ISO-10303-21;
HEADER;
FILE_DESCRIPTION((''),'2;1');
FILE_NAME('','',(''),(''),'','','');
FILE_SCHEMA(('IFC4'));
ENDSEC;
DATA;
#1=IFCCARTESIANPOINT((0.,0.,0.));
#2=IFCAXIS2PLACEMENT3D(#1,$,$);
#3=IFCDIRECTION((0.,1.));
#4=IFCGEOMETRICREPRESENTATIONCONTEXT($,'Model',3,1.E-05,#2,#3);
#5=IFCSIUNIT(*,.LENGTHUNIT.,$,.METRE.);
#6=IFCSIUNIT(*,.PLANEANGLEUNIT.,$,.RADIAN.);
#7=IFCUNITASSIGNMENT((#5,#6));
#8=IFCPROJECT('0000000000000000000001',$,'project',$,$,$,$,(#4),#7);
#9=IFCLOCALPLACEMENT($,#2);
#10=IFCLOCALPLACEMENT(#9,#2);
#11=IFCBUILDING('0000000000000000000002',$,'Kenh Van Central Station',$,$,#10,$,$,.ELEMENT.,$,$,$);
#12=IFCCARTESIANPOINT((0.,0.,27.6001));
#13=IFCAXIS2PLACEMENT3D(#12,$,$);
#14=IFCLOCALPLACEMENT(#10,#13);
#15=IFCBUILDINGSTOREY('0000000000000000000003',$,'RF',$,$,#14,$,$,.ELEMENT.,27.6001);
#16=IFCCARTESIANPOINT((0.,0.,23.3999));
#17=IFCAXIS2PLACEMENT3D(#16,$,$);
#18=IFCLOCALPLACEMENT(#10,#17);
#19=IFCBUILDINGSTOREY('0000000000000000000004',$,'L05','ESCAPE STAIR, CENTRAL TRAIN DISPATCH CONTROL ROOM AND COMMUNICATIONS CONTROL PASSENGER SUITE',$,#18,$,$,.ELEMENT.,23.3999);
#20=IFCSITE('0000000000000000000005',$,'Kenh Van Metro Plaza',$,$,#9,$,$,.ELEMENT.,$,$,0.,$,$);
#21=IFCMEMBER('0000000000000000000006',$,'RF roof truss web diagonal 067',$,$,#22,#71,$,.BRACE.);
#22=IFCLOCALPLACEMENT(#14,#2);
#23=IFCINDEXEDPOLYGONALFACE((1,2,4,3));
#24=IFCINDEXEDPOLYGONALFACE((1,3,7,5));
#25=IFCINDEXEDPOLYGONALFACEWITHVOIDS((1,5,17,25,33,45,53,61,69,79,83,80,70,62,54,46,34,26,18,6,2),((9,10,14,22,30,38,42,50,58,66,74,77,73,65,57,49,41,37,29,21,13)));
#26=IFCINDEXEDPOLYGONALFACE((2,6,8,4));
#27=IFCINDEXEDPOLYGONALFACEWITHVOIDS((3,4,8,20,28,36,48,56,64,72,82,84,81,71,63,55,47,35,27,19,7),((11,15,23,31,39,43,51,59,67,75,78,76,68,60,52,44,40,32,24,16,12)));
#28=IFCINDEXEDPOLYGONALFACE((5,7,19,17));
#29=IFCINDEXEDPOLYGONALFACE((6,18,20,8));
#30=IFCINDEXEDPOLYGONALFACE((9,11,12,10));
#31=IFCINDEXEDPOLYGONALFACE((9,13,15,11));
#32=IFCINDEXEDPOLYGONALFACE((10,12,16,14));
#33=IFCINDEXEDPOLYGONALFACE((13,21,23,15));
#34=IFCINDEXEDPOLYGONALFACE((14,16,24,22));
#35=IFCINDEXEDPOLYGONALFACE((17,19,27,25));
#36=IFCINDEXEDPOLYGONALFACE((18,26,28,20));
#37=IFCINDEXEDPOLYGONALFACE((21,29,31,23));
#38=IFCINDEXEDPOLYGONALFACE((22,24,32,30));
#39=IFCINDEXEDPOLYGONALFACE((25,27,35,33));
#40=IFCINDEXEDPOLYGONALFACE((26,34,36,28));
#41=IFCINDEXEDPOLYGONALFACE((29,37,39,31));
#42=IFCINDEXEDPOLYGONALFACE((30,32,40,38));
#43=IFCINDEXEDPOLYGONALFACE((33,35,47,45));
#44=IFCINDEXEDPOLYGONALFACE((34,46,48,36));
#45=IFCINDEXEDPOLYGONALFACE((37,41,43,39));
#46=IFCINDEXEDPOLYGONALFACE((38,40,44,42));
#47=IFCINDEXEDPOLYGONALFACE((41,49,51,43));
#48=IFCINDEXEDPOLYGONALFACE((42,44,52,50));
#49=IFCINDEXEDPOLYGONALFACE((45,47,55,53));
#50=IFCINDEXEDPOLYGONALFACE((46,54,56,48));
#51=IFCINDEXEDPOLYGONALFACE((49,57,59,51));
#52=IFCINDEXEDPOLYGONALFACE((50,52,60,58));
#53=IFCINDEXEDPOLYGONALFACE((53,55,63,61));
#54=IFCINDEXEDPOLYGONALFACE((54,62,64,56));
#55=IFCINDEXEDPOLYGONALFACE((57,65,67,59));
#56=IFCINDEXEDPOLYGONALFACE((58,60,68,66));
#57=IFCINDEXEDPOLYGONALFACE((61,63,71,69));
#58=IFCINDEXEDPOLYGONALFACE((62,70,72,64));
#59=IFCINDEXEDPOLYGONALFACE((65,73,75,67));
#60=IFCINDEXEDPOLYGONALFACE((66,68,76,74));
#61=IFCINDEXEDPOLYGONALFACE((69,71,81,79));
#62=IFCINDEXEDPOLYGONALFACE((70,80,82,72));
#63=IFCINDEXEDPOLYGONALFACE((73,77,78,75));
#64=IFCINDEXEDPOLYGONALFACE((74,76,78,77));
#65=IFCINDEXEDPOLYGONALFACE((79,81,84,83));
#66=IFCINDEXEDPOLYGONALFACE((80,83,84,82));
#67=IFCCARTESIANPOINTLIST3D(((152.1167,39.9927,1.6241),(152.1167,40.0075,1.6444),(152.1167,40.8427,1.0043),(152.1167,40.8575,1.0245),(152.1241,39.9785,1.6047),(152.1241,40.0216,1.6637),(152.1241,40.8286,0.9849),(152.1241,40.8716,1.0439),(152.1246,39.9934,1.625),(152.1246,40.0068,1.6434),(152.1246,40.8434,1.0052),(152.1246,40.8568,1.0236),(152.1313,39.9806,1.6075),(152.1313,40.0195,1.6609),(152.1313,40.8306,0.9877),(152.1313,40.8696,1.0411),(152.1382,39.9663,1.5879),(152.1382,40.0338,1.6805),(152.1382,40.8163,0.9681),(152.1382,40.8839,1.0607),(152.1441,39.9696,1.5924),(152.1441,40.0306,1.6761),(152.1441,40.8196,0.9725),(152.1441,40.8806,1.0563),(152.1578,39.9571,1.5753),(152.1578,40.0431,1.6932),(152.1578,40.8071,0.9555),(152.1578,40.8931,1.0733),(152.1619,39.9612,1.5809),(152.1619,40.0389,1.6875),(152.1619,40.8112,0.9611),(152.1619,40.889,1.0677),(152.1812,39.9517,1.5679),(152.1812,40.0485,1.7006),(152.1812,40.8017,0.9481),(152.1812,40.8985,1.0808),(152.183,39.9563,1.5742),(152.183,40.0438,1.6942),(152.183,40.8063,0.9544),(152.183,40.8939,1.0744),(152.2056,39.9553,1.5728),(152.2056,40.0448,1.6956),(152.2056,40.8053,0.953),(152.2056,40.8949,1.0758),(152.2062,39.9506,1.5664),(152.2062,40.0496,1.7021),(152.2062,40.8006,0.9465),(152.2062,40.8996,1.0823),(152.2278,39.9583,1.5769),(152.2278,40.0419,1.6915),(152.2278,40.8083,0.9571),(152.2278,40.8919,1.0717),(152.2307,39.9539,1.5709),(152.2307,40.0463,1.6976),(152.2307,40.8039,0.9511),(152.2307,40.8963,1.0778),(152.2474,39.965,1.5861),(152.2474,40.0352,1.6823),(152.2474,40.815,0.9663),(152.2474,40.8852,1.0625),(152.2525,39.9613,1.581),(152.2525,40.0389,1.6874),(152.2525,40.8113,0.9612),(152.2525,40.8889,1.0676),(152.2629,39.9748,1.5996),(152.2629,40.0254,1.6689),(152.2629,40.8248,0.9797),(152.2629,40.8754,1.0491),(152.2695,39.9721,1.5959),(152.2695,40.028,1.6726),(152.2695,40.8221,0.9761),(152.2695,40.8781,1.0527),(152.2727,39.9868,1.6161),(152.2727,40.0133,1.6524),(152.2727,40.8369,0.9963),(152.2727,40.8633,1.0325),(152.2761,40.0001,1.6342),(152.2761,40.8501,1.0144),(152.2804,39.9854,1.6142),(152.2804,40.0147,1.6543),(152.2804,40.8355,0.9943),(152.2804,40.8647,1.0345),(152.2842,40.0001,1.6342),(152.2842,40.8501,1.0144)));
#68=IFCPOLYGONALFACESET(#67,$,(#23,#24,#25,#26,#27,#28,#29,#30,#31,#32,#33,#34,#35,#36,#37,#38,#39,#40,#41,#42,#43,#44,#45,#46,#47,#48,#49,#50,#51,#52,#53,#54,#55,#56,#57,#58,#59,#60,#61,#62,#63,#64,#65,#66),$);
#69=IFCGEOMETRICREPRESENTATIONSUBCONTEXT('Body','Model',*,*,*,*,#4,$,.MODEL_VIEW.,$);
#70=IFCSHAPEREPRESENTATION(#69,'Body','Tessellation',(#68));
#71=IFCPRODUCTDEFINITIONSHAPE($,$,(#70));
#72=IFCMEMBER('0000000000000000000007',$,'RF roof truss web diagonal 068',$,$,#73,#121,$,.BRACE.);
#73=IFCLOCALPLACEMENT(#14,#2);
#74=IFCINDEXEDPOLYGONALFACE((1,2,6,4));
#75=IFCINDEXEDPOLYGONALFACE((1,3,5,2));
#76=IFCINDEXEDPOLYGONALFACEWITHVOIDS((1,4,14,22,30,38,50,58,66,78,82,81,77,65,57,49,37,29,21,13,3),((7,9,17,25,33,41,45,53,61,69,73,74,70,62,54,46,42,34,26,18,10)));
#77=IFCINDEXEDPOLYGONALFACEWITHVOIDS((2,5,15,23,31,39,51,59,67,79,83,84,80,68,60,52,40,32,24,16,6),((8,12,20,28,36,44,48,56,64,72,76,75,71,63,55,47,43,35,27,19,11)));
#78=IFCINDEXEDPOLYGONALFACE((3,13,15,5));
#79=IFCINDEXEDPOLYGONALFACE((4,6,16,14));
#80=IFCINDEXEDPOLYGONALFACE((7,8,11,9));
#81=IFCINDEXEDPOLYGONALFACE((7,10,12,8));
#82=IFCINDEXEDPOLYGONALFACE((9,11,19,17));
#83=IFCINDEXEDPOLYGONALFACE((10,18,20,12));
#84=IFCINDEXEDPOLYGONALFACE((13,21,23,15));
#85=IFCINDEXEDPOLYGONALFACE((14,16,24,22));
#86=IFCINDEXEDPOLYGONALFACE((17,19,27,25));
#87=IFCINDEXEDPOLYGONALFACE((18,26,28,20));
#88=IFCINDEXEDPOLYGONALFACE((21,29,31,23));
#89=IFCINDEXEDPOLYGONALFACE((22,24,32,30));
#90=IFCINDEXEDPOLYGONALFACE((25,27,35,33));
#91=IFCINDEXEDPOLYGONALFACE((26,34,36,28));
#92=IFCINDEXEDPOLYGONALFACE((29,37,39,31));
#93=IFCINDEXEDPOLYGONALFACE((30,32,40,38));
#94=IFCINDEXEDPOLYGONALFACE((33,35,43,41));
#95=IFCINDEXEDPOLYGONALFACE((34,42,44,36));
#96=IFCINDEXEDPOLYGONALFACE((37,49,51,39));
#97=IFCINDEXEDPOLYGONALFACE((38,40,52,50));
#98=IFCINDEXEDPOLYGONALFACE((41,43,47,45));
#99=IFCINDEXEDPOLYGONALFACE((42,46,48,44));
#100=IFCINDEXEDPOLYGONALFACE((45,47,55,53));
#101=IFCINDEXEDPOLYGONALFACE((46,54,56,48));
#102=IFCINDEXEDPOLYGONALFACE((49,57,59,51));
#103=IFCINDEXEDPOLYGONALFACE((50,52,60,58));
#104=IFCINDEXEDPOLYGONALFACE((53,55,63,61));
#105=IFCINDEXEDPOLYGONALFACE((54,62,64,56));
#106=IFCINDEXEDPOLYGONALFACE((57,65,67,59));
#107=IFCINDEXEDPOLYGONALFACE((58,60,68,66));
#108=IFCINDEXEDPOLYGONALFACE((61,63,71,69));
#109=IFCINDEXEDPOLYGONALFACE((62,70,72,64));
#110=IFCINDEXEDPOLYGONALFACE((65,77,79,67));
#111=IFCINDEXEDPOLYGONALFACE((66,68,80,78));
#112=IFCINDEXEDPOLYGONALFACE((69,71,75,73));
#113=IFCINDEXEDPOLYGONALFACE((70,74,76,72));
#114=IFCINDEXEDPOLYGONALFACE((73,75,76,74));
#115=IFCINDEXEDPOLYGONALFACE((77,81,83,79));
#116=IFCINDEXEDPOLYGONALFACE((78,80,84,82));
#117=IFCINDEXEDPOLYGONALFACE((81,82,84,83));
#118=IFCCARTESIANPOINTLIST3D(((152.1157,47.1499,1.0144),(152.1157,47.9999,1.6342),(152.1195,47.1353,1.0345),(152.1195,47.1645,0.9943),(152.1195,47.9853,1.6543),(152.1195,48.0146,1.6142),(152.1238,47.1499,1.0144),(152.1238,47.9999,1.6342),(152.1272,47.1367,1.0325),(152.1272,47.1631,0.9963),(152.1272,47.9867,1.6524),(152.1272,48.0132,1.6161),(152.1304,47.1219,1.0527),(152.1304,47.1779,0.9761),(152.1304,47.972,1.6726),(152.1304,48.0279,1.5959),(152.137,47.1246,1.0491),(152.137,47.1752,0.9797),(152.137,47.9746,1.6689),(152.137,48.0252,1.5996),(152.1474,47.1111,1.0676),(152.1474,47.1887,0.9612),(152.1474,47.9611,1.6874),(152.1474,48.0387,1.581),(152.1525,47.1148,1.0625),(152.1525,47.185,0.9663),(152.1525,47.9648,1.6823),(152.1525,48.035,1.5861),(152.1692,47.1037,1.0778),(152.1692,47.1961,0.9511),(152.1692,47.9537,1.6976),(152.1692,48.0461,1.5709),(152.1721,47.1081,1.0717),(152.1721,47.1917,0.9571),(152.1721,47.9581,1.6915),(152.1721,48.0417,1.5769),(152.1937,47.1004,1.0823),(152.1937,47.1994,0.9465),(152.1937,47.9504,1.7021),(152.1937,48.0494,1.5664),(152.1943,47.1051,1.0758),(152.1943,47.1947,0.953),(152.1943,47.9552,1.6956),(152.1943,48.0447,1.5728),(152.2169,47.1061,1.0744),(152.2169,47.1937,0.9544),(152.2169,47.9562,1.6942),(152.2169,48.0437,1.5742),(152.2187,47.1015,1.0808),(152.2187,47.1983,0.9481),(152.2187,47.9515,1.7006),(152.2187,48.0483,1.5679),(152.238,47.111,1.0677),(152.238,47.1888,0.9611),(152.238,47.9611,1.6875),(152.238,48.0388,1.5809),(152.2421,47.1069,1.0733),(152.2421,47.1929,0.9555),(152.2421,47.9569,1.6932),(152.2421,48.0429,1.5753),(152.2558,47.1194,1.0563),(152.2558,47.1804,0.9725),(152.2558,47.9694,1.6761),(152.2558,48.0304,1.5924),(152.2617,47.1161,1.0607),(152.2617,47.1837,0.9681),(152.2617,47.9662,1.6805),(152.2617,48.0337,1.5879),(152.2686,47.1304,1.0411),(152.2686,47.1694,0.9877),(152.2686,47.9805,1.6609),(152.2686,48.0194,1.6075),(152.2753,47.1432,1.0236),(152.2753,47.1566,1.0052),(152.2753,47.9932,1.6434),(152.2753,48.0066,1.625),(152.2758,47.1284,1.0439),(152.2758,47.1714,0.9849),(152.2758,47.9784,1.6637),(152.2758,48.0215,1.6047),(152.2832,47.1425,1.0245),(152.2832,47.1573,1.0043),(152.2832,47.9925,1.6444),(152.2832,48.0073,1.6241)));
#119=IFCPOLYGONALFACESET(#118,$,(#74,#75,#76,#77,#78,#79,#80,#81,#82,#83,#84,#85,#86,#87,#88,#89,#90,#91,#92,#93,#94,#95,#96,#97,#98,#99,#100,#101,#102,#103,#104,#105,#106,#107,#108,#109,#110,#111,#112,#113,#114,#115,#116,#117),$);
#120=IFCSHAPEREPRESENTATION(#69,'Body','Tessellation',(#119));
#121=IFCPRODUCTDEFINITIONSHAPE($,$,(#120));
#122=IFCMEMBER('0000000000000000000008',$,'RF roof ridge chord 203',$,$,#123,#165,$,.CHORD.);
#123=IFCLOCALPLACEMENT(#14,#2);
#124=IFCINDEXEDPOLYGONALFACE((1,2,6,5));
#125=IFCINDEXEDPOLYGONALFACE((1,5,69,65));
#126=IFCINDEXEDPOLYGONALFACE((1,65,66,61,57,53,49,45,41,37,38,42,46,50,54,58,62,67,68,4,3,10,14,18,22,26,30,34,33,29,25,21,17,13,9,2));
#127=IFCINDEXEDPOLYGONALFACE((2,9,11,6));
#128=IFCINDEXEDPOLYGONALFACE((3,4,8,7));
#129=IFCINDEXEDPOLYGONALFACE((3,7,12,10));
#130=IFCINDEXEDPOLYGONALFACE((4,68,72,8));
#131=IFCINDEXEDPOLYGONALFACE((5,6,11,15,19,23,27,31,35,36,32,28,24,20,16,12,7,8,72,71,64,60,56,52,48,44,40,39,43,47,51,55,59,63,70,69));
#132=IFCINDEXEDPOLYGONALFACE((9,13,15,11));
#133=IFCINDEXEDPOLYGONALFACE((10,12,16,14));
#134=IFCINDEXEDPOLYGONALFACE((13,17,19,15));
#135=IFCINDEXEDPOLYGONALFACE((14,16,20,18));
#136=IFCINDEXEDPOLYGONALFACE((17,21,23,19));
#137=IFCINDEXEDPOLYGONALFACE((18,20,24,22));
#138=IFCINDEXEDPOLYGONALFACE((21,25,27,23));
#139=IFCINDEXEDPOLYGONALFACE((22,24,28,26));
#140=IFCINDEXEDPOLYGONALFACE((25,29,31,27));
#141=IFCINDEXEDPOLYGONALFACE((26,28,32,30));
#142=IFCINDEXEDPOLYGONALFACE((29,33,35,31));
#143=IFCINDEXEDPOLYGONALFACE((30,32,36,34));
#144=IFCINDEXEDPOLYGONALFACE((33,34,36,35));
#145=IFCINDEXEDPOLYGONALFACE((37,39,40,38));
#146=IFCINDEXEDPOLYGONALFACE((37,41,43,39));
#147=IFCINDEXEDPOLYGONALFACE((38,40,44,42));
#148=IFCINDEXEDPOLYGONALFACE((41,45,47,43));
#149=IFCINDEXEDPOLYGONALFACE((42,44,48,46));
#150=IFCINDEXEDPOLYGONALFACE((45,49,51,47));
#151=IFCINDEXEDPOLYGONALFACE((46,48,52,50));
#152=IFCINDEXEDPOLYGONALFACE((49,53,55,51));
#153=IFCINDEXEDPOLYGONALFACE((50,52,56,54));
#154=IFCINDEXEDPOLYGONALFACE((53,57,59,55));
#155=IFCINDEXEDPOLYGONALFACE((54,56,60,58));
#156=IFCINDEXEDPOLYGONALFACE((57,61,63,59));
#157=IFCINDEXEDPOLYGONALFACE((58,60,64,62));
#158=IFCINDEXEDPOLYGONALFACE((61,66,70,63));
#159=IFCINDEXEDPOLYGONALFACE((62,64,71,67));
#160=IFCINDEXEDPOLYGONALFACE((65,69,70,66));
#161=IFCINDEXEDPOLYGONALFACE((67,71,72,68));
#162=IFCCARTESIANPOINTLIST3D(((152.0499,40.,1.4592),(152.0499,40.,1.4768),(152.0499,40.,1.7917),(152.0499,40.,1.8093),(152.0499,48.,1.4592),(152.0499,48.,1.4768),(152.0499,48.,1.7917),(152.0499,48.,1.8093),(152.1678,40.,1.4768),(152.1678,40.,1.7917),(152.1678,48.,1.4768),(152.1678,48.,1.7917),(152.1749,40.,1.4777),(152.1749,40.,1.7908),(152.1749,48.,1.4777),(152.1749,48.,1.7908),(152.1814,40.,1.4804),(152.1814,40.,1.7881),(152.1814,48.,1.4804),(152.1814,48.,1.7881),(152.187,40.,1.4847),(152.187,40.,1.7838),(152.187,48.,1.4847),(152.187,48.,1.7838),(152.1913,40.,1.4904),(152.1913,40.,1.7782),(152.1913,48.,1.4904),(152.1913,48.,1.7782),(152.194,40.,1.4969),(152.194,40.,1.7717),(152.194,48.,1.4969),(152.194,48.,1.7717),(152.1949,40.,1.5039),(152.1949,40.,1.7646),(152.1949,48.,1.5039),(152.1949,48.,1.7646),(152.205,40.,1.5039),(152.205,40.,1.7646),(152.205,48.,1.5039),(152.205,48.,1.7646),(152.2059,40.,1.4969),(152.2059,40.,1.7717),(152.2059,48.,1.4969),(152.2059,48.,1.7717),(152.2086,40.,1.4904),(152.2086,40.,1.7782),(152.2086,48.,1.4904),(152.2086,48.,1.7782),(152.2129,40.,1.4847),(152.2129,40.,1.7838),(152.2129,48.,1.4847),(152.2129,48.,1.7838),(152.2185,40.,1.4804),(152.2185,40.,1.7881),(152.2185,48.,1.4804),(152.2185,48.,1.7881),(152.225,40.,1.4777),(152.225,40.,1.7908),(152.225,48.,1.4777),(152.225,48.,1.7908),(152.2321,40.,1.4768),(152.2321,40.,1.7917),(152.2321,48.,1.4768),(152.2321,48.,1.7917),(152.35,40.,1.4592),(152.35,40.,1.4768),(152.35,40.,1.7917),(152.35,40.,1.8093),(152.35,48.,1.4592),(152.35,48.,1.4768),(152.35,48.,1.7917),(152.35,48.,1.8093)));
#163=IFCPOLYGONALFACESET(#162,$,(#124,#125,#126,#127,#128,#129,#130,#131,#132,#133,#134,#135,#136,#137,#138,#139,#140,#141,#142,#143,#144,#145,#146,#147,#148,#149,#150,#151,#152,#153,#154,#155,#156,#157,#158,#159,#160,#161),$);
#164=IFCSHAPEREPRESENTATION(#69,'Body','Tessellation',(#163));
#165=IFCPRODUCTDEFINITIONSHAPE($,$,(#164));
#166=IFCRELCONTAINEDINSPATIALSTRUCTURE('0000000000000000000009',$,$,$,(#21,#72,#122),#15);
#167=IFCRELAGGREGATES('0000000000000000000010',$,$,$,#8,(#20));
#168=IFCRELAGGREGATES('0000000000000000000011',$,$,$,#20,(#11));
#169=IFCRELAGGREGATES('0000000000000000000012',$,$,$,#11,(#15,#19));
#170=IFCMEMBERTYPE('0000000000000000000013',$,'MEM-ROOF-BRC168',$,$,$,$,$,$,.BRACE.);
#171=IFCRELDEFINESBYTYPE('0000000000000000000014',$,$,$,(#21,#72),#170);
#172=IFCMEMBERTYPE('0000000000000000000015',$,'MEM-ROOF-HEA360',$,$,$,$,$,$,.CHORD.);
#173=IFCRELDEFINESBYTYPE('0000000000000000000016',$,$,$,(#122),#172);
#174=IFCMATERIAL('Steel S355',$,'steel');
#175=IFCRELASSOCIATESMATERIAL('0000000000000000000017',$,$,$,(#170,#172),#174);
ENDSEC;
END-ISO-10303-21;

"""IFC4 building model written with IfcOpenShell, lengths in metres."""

from ifc_helpers import new_model, si_unit, direction, frame, origin, origin_2d, place, context, subcontext, project, spatial, hollow_circle, i_section, extrude, material, material_profile, profile_set, type_object, element, save


model = new_model("IFC4")

# Units and contexts
model_context = context("Model", 3, precision=1e-05, world=origin(), true_north=direction((0.0, 1.0)))
body_context = subcontext(model_context, "Body", "Model", "MODEL_VIEW")
ifc_project = project(units=[si_unit("LENGTHUNIT", "METRE"), si_unit("PLANEANGLEUNIT", "RADIAN")], contexts=[model_context])

# Site, building, storey
site_placement = place(None, origin())
site = spatial("IfcSite", under=ifc_project, at=site_placement, Name="Kenh Van Metro Plaza", CompositionType="ELEMENT", RefElevation=0.0)
building_placement = place(site_placement, origin())
building = spatial("IfcBuilding", under=site, at=building_placement, Name="Kenh Van Central Station", CompositionType="ELEMENT")
storey_1_placement = place(building_placement, frame((0.0, 0.0, 27.6001)))
storey_1 = spatial("IfcBuildingStorey", under=building, at=storey_1_placement, Name="RF", CompositionType="ELEMENT", Elevation=27.6001)

# Shared definitions
ifc_material_1 = material(Name="Steel S355", Category="steel")

# Members
ifc_material_profile_1 = material_profile(ifc_material_1, hollow_circle(Radius=0.0842, WallThickness=0.0081, at=origin_2d()), Name="CHS 168.3x8")
ifc_profile_set_1 = profile_set([ifc_material_profile_1], Name="Steel S355")
member_type_1 = type_object("IfcMemberType", Name="MEM-ROOF-BRC168", PredefinedType="BRACE", material=ifc_profile_set_1)
for number, where, z_axis, x_axis, name in (
    (1, (152.2, 40.8501, 1.0144), (0.0, -0.808003, 0.589178), (1.0, 0.0, 0.0), "RF roof truss web diagonal 067"),
    (2, (152.2, 47.1499, 1.0144), (0.0, 0.808003, 0.589178), (-1.0, 0.0, 0.0), "RF roof truss web diagonal 068"),
):
    element("IfcMember", number, at=place(storey_1_placement, frame(where, z_axis=z_axis, x_axis=x_axis)), inside=storey_1, type_object=member_type_1, Name=name, PredefinedType="BRACE", context=body_context, shape_type="SweptSolid", body=[
        extrude(hollow_circle(Radius=0.0842, WallThickness=0.0081, at=origin_2d()), origin(), (0.0, 0.0, 1.0), 1.052),
    ])
ifc_material_profile_2 = material_profile(ifc_material_1, i_section(OverallWidth=0.3, OverallDepth=0.3501, WebThickness=0.01, FlangeThickness=0.0176, FilletRadius=0.0271, at=origin_2d()), Name="HEA 360")
ifc_profile_set_2 = profile_set([ifc_material_profile_2], Name="Steel S355")
member_type_2 = type_object("IfcMemberType", Name="MEM-ROOF-HEA360", PredefinedType="CHORD", material=ifc_profile_set_2)
member_1_placement = place(storey_1_placement, frame((152.2, 40.0, 1.6343), z_axis=(0.0, 1.0, 0.0), x_axis=(-1.0, 0.0, 0.0)))
element("IfcMember", 3, at=member_1_placement, inside=storey_1, type_object=member_type_2, Name="RF roof ridge chord 203", PredefinedType="CHORD", context=body_context, shape_type="SweptSolid", body=[
    extrude(i_section(OverallWidth=0.3, OverallDepth=0.3501, WebThickness=0.01, FlangeThickness=0.0176, FilletRadius=0.0271, at=origin_2d()), origin(), (0.0, 0.0, 1.0), 8.0),
])

# Shared definitions
storey_2_placement = place(building_placement, frame((0.0, 0.0, 23.3999)))
storey_2 = spatial("IfcBuildingStorey", under=building, at=storey_2_placement, Name="L05", Description="ESCAPE STAIR, CENTRAL TRAIN DISPATCH CONTROL ROOM AND COMMUNICATIONS CONTROL PASSENGER SUITE", CompositionType="ELEMENT", Elevation=23.3999)

save(model, "model.ifc")
